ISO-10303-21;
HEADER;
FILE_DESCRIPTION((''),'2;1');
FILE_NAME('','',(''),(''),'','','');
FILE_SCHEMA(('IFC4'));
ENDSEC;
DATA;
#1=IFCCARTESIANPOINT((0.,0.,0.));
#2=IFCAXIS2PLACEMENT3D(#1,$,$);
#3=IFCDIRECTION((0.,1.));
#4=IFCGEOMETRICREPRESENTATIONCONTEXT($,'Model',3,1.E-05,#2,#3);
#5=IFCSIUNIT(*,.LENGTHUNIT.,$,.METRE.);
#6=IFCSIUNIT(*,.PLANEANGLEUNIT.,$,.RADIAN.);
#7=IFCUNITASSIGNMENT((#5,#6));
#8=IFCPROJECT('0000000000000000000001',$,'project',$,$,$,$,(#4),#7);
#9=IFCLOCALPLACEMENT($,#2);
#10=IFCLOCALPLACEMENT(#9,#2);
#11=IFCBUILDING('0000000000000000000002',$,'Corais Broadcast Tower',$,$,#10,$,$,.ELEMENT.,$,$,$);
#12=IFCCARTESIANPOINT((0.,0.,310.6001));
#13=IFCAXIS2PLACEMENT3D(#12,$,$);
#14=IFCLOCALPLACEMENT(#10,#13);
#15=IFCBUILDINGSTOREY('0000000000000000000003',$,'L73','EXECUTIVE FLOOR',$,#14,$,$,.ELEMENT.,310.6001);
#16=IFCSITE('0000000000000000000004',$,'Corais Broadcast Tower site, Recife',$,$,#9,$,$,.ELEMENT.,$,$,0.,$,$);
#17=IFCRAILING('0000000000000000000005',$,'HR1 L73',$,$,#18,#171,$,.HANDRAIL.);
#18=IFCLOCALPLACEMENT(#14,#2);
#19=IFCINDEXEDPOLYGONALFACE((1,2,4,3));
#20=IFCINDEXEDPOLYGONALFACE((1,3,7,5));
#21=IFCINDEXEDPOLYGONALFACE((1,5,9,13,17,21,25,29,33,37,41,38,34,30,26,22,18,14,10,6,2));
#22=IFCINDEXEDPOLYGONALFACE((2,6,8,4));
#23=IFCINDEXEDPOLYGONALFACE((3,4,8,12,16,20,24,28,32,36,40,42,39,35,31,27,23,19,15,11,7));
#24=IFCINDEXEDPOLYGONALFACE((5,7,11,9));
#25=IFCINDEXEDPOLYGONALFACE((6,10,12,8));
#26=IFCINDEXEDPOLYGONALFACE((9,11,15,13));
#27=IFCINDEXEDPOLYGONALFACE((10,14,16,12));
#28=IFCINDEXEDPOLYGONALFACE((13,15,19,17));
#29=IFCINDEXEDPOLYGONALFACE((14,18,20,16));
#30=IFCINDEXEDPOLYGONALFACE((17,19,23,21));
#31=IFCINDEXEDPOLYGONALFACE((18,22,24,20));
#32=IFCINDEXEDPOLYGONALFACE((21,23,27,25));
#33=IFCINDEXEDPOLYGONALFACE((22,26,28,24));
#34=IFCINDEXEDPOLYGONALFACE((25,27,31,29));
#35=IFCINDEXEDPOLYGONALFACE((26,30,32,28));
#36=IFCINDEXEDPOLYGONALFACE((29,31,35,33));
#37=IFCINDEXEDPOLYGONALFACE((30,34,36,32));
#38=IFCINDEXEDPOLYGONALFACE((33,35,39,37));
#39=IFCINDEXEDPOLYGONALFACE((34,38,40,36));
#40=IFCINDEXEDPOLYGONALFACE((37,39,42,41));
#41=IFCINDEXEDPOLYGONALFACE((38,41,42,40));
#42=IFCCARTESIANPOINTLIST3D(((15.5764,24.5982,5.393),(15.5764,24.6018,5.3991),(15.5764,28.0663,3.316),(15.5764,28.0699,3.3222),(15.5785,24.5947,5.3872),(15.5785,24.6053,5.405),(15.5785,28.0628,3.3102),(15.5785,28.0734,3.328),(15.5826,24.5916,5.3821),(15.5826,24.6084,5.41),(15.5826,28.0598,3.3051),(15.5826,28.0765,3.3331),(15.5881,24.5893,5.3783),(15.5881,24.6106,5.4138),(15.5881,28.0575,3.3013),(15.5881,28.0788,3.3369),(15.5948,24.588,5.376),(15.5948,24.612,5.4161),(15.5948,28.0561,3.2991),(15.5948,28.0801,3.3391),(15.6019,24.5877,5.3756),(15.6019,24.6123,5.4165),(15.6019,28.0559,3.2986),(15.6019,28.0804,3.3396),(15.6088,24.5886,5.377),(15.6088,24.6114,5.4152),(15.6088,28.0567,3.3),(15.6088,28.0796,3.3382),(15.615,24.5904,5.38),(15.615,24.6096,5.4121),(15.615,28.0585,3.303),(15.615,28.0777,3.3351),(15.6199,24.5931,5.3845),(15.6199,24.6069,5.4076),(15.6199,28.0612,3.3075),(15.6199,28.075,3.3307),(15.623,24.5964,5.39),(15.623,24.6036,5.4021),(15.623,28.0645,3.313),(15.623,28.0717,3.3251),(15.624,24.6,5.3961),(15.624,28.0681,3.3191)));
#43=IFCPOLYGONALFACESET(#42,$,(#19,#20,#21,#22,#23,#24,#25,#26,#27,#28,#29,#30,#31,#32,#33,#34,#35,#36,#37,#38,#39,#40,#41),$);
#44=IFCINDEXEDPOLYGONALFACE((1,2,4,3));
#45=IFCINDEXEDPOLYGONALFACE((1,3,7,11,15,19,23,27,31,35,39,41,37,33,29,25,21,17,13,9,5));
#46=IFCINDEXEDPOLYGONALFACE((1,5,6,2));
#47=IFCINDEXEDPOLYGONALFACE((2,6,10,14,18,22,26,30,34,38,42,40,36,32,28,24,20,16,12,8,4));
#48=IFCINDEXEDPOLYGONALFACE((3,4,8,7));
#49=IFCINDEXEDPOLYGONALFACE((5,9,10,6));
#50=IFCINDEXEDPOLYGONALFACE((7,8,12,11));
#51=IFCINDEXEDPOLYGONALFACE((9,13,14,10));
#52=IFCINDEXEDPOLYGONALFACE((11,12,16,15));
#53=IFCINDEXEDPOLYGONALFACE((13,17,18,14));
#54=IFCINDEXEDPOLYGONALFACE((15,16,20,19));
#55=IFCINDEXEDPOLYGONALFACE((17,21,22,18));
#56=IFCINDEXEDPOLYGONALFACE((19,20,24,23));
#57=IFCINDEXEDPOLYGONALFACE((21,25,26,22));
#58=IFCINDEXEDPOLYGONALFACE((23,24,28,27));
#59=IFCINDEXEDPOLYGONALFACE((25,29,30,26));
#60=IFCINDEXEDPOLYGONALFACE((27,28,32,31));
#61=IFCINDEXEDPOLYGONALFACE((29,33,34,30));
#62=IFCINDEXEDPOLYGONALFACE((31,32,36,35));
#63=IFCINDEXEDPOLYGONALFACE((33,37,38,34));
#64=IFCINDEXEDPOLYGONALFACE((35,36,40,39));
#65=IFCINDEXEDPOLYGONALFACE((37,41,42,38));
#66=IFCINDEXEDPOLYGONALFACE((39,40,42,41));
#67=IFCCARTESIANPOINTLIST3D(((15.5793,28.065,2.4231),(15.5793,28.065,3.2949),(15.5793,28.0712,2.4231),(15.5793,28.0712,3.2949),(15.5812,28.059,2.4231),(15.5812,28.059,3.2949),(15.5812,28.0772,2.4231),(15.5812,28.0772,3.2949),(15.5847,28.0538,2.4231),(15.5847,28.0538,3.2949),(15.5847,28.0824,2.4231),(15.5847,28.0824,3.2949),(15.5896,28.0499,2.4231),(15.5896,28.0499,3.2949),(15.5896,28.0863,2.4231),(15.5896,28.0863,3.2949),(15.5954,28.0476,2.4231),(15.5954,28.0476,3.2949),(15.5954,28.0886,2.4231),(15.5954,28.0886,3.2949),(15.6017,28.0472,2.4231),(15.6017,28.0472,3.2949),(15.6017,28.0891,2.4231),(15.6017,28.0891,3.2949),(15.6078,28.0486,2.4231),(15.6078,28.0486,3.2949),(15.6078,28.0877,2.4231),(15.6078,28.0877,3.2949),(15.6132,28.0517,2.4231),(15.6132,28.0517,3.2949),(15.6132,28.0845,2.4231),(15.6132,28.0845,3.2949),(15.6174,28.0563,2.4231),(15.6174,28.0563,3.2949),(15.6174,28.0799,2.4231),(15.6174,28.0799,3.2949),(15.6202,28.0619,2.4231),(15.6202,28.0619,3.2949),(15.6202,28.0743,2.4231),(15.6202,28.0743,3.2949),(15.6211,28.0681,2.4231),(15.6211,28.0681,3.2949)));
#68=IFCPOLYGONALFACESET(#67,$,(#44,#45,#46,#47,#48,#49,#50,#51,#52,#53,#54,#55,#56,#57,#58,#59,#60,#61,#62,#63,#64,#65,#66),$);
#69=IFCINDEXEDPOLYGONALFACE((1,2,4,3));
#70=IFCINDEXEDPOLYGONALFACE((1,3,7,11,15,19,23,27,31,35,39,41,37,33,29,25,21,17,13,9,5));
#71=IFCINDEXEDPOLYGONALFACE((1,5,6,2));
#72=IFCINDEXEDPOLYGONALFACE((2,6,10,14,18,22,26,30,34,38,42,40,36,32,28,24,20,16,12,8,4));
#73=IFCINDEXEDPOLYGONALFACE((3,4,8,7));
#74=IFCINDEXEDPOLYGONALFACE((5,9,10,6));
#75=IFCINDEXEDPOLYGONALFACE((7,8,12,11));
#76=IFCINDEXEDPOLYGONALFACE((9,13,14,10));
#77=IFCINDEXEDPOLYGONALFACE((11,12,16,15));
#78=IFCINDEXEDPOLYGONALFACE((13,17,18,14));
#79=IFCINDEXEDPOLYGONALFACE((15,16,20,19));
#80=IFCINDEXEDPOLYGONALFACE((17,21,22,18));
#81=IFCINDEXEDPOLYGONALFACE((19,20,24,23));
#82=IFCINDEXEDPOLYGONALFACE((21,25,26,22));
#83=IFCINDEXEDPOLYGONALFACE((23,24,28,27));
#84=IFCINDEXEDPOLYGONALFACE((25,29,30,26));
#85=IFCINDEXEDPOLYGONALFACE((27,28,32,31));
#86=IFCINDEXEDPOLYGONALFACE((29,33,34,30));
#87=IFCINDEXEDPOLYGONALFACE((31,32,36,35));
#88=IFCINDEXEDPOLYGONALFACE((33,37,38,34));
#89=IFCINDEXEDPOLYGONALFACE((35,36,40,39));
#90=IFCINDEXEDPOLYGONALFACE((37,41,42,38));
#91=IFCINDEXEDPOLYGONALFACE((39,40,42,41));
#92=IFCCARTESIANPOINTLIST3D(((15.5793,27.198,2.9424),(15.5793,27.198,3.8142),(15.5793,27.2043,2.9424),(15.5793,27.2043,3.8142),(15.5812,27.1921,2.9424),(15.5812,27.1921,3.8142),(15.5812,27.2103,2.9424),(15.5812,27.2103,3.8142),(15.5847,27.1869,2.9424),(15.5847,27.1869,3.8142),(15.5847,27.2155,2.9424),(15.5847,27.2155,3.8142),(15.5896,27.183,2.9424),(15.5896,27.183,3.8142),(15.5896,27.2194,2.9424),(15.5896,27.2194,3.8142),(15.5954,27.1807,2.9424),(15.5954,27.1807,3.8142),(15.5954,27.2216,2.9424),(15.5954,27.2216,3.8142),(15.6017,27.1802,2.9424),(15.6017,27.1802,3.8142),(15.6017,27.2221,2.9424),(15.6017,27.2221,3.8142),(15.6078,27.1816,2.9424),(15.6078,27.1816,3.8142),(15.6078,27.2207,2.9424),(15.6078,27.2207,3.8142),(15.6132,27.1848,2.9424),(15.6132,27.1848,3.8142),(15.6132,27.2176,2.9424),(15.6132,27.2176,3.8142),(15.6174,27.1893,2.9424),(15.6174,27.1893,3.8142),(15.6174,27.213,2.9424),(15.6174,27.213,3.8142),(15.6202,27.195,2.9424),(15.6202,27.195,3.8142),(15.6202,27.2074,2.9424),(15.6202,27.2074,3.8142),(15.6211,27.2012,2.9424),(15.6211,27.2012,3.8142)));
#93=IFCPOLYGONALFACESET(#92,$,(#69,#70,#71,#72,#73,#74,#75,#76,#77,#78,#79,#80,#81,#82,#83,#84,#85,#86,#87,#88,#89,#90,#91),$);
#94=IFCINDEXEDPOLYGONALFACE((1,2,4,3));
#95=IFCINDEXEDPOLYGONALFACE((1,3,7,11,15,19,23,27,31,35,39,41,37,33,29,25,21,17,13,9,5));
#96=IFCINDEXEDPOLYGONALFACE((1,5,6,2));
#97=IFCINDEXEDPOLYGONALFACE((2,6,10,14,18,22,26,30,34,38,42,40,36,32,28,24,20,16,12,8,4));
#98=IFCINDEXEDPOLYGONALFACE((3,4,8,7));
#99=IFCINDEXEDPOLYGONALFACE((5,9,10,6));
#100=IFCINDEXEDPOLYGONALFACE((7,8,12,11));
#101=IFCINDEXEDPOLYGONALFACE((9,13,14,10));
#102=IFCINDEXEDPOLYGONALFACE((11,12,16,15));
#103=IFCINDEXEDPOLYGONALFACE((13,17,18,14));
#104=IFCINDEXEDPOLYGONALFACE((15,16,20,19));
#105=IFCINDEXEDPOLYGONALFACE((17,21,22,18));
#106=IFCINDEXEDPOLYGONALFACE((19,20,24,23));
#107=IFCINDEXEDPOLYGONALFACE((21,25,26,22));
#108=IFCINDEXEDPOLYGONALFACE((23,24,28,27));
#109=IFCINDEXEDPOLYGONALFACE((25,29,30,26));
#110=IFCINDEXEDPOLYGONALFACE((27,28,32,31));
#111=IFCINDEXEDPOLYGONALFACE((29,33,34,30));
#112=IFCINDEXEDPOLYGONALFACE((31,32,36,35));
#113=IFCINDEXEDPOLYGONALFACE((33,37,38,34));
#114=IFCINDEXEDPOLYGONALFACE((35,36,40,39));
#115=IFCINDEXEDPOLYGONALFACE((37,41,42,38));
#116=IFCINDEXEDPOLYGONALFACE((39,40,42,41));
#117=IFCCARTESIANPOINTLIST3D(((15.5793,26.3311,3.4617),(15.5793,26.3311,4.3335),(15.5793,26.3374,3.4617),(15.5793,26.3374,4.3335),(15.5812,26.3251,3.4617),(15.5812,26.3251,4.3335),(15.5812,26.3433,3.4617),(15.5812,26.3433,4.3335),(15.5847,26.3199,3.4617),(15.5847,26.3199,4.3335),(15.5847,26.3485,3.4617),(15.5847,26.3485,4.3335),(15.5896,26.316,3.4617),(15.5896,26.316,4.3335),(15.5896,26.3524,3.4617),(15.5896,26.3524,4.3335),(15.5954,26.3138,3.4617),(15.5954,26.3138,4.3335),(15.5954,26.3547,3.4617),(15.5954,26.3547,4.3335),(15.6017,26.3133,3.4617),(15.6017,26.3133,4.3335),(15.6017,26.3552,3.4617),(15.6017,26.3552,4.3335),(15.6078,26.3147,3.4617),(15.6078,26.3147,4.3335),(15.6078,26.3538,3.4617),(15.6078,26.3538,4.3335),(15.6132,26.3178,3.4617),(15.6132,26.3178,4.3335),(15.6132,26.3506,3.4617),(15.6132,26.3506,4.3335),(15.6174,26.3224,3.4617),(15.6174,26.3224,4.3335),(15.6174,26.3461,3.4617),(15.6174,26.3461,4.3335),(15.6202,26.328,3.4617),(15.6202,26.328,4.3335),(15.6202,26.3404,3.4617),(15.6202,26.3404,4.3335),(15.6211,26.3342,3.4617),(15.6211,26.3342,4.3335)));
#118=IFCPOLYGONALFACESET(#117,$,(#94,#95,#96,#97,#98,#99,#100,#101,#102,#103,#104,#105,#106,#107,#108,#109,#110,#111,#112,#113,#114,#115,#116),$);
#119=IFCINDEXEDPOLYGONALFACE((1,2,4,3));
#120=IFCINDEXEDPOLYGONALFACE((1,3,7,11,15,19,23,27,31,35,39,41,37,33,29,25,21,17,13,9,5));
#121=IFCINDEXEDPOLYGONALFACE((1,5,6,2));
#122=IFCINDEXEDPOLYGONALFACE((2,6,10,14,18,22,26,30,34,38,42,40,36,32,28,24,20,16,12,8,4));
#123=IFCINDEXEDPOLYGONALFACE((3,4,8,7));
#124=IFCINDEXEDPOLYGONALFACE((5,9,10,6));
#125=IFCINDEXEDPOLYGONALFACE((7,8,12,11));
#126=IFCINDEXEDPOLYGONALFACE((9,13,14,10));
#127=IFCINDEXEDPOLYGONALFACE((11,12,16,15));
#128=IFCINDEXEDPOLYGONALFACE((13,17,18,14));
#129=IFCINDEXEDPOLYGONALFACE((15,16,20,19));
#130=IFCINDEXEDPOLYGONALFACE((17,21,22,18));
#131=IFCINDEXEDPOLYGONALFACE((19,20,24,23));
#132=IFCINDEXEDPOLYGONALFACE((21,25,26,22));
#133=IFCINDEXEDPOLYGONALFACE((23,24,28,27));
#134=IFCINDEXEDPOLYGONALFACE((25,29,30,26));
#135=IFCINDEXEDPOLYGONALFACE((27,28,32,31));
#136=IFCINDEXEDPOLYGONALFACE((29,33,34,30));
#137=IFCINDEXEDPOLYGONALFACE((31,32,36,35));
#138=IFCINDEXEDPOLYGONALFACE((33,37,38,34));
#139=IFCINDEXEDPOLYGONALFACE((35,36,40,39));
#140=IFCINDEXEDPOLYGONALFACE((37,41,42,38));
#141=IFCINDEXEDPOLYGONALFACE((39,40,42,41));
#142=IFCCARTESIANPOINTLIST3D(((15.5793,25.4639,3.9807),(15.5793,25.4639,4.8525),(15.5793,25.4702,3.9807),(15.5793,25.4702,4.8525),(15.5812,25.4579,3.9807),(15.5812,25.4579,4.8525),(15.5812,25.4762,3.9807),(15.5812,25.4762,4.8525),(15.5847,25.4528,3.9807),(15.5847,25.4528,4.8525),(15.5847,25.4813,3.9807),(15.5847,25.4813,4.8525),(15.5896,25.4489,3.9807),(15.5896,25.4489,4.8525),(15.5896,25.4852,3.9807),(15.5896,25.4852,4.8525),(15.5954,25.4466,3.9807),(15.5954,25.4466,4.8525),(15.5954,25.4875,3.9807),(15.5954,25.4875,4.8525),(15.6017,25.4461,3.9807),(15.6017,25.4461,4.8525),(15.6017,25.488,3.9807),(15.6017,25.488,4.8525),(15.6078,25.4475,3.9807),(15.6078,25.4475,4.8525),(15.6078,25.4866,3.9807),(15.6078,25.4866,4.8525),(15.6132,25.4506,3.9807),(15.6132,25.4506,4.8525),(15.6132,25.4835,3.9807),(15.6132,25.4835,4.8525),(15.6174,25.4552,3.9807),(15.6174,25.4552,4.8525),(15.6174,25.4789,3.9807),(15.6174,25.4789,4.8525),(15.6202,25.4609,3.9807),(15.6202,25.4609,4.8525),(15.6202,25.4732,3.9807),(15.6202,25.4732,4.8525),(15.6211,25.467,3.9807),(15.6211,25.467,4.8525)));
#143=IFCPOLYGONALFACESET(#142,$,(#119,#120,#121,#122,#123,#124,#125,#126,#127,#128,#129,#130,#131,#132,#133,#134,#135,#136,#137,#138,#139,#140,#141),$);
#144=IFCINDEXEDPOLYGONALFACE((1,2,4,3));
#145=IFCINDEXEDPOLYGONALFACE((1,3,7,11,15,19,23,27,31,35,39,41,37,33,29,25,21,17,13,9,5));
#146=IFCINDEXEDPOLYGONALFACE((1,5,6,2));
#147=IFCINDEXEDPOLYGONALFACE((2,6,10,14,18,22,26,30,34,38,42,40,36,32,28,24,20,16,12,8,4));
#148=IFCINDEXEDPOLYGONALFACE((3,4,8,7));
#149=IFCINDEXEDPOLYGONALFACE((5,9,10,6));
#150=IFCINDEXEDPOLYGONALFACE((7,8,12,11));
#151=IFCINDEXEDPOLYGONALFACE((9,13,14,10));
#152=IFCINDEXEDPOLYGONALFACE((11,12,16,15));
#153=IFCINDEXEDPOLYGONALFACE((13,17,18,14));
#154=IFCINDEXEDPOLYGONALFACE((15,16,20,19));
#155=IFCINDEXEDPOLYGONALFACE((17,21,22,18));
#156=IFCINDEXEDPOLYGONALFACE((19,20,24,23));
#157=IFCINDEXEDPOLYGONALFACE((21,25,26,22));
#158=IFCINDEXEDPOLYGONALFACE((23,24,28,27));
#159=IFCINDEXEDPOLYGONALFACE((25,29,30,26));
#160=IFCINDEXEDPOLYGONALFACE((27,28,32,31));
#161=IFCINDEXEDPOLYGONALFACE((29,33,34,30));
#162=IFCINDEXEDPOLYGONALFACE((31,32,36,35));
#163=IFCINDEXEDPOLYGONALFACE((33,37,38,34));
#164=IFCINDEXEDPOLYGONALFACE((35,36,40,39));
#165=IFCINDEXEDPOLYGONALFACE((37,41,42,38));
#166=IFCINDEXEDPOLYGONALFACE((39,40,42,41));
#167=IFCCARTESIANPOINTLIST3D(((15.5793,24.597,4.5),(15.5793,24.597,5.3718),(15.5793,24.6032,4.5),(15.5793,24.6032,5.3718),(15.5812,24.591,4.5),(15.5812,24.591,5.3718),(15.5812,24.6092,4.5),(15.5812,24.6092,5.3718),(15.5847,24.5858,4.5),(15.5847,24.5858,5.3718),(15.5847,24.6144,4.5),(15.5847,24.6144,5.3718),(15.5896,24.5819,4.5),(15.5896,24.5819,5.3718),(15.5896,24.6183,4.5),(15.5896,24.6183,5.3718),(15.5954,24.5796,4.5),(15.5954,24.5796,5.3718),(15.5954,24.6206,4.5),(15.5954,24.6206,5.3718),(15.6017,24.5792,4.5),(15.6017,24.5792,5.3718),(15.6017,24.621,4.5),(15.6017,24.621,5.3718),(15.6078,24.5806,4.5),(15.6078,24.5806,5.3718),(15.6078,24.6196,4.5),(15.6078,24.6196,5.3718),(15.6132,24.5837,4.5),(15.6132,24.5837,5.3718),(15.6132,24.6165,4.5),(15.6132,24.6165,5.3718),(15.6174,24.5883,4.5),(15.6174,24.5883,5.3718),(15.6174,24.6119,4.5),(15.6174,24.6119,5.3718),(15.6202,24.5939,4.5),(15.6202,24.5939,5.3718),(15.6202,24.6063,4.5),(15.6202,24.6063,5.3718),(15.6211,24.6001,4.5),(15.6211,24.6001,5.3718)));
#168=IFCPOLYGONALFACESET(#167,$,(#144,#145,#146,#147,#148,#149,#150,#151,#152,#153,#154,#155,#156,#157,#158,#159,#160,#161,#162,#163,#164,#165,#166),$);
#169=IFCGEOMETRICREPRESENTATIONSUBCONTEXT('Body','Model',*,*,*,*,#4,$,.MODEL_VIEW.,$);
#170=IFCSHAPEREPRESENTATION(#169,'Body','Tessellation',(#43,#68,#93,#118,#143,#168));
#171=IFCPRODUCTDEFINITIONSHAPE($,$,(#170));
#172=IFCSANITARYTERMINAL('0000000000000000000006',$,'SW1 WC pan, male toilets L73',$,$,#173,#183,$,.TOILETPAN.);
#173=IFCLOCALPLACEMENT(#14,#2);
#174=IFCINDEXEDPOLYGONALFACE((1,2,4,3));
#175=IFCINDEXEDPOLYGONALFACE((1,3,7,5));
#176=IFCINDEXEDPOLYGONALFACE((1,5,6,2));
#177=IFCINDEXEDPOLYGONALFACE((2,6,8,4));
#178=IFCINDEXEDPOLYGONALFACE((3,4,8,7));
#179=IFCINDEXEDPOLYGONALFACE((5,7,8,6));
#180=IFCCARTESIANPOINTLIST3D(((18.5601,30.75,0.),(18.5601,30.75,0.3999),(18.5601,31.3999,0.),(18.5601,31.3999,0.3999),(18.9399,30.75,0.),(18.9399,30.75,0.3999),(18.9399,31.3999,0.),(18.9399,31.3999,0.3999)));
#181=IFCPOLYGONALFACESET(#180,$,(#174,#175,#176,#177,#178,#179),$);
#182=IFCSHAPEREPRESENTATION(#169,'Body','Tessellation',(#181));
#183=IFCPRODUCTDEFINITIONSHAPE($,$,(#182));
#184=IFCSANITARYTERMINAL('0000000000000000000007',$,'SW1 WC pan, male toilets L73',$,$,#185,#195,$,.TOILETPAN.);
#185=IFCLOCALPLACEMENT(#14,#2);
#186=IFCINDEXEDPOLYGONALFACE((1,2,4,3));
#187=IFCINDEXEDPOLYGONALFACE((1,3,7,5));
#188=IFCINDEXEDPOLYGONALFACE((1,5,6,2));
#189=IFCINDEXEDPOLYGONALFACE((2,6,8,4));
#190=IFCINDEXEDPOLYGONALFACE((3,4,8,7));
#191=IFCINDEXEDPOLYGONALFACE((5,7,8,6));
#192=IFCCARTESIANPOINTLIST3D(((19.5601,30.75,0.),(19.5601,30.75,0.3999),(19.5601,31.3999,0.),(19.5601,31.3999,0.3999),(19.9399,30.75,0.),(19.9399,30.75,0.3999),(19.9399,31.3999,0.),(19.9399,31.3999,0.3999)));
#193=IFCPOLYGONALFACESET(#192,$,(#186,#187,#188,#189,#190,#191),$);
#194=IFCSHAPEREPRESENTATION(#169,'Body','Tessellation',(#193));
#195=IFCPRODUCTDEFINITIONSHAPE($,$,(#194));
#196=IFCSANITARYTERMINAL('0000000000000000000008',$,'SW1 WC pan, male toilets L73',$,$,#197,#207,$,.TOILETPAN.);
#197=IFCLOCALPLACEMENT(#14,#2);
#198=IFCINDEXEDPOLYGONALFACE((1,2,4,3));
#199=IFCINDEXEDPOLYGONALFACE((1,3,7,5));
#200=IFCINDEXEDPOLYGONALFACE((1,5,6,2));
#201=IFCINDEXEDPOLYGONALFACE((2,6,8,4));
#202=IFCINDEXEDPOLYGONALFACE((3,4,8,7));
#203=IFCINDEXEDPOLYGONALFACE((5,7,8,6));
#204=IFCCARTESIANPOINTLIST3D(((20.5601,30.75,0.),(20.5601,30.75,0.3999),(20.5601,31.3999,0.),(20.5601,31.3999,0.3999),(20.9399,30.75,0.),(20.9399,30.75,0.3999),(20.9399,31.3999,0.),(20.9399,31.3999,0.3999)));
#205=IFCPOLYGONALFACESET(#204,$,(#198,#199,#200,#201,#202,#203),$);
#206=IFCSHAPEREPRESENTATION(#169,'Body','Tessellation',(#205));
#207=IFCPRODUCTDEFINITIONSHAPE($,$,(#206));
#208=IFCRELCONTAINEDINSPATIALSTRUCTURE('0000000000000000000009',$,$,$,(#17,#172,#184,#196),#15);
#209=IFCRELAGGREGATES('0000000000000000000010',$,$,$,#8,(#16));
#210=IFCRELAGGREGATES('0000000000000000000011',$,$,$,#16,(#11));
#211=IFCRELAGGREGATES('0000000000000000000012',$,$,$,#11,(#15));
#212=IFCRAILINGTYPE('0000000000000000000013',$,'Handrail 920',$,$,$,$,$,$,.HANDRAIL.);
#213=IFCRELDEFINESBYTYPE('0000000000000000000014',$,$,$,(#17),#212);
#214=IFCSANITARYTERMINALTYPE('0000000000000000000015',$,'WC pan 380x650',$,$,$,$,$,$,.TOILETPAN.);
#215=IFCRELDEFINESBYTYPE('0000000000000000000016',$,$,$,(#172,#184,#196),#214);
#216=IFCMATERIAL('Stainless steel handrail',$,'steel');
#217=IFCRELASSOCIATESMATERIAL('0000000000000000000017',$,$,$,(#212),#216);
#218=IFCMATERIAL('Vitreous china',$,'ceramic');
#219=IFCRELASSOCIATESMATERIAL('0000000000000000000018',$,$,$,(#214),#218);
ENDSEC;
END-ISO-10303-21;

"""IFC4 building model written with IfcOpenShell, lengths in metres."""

from ifc_helpers import new_model, si_unit, direction, frame, origin, origin_2d, place, context, subcontext, project, spatial, rectangle, circle, extrude, material, type_object, element, save


model = new_model("IFC4")

# Units and contexts
model_context = context("Model", 3, precision=1e-05, world=origin(), true_north=direction((0.0, 1.0)))
body_context = subcontext(model_context, "Body", "Model", "MODEL_VIEW")
ifc_project = project(units=[si_unit("LENGTHUNIT", "METRE"), si_unit("PLANEANGLEUNIT", "RADIAN")], contexts=[model_context])

# Site, building, storey
site_placement = place(None, origin())
site = spatial("IfcSite", under=ifc_project, at=site_placement, Name="Corais Broadcast Tower site, Recife", CompositionType="ELEMENT", RefElevation=0.0)
building_placement = place(site_placement, origin())
building = spatial("IfcBuilding", under=site, at=building_placement, Name="Corais Broadcast Tower", CompositionType="ELEMENT")
storey_placement = place(building_placement, frame((0.0, 0.0, 310.6001)))
storey = spatial("IfcBuildingStorey", under=building, at=storey_placement, Name="L73", Description="EXECUTIVE FLOOR", CompositionType="ELEMENT", Elevation=310.6001)

# Railing
ifc_material_1 = material(Name="Stainless steel handrail", Category="steel")
railing_type = type_object("IfcRailingType", Name="Handrail 920", PredefinedType="HANDRAIL", material=ifc_material_1)
railing_placement = place(storey_placement, frame((15.6001, 28.0681, 2.4231)))
element("IfcRailing", 1, at=railing_placement, inside=storey, type_object=railing_type, Name="HR1 L73", PredefinedType="HANDRAIL", context=body_context, shape_type="SweptSolid", body=[
    extrude(circle(Radius=0.0239, at=origin_2d()), frame((0.0, 0.0, 0.896), z_axis=(0.0, -0.857919, 0.513785), x_axis=(1.0, 0.0, 0.0)), (0.0, 0.0, 1.0), 4.0425),
    extrude(circle(Radius=0.021, at=origin_2d()), origin(), (0.0, 0.0, 1.0), 0.8718),
    extrude(circle(Radius=0.021, at=origin_2d()), frame((0.0, -0.8669, 0.5193)), (0.0, 0.0, 1.0), 0.8718),
    extrude(circle(Radius=0.021, at=origin_2d()), frame((0.0, -1.7339, 1.0386)), (0.0, 0.0, 1.0), 0.8718),
    extrude(circle(Radius=0.021, at=origin_2d()), frame((0.0, -2.6011, 1.5576)), (0.0, 0.0, 1.0), 0.8718),
    extrude(circle(Radius=0.021, at=origin_2d()), frame((0.0, -3.468, 2.0769)), (0.0, 0.0, 1.0), 0.8718),
])

# Sanitary terminals
ifc_material_2 = material(Name="Vitreous china", Category="ceramic")
sanitary_terminal_type_1 = type_object("IfcSanitaryTerminalType", Name="WC pan 380x650", PredefinedType="TOILETPAN", material=ifc_material_2)
for number, where, z_axis, x_axis, name in (
    (2, (18.75, 31.075, 0.0), (0.0, 0.0, 1.0), (1.0, 0.0, 0.0), "SW1 WC pan, male toilets L73"),
    (3, (19.75, 31.075, 0.0), (0.0, 0.0, 1.0), (1.0, 0.0, 0.0), "SW1 WC pan, male toilets L73"),
    (4, (20.75, 31.075, 0.0), (0.0, 0.0, 1.0), (1.0, 0.0, 0.0), "SW1 WC pan, male toilets L73"),
):
    element("IfcSanitaryTerminal", number, at=place(storey_placement, frame(where, z_axis=z_axis, x_axis=x_axis)), inside=storey, type_object=sanitary_terminal_type_1, Name=name, PredefinedType="TOILETPAN", context=body_context, shape_type="SweptSolid", body=[
        extrude(rectangle(XDim=0.3799, YDim=0.6499, at=origin_2d()), origin(), (0.0, 0.0, 1.0), 0.3999),
    ])

save(model, "model.ifc")
